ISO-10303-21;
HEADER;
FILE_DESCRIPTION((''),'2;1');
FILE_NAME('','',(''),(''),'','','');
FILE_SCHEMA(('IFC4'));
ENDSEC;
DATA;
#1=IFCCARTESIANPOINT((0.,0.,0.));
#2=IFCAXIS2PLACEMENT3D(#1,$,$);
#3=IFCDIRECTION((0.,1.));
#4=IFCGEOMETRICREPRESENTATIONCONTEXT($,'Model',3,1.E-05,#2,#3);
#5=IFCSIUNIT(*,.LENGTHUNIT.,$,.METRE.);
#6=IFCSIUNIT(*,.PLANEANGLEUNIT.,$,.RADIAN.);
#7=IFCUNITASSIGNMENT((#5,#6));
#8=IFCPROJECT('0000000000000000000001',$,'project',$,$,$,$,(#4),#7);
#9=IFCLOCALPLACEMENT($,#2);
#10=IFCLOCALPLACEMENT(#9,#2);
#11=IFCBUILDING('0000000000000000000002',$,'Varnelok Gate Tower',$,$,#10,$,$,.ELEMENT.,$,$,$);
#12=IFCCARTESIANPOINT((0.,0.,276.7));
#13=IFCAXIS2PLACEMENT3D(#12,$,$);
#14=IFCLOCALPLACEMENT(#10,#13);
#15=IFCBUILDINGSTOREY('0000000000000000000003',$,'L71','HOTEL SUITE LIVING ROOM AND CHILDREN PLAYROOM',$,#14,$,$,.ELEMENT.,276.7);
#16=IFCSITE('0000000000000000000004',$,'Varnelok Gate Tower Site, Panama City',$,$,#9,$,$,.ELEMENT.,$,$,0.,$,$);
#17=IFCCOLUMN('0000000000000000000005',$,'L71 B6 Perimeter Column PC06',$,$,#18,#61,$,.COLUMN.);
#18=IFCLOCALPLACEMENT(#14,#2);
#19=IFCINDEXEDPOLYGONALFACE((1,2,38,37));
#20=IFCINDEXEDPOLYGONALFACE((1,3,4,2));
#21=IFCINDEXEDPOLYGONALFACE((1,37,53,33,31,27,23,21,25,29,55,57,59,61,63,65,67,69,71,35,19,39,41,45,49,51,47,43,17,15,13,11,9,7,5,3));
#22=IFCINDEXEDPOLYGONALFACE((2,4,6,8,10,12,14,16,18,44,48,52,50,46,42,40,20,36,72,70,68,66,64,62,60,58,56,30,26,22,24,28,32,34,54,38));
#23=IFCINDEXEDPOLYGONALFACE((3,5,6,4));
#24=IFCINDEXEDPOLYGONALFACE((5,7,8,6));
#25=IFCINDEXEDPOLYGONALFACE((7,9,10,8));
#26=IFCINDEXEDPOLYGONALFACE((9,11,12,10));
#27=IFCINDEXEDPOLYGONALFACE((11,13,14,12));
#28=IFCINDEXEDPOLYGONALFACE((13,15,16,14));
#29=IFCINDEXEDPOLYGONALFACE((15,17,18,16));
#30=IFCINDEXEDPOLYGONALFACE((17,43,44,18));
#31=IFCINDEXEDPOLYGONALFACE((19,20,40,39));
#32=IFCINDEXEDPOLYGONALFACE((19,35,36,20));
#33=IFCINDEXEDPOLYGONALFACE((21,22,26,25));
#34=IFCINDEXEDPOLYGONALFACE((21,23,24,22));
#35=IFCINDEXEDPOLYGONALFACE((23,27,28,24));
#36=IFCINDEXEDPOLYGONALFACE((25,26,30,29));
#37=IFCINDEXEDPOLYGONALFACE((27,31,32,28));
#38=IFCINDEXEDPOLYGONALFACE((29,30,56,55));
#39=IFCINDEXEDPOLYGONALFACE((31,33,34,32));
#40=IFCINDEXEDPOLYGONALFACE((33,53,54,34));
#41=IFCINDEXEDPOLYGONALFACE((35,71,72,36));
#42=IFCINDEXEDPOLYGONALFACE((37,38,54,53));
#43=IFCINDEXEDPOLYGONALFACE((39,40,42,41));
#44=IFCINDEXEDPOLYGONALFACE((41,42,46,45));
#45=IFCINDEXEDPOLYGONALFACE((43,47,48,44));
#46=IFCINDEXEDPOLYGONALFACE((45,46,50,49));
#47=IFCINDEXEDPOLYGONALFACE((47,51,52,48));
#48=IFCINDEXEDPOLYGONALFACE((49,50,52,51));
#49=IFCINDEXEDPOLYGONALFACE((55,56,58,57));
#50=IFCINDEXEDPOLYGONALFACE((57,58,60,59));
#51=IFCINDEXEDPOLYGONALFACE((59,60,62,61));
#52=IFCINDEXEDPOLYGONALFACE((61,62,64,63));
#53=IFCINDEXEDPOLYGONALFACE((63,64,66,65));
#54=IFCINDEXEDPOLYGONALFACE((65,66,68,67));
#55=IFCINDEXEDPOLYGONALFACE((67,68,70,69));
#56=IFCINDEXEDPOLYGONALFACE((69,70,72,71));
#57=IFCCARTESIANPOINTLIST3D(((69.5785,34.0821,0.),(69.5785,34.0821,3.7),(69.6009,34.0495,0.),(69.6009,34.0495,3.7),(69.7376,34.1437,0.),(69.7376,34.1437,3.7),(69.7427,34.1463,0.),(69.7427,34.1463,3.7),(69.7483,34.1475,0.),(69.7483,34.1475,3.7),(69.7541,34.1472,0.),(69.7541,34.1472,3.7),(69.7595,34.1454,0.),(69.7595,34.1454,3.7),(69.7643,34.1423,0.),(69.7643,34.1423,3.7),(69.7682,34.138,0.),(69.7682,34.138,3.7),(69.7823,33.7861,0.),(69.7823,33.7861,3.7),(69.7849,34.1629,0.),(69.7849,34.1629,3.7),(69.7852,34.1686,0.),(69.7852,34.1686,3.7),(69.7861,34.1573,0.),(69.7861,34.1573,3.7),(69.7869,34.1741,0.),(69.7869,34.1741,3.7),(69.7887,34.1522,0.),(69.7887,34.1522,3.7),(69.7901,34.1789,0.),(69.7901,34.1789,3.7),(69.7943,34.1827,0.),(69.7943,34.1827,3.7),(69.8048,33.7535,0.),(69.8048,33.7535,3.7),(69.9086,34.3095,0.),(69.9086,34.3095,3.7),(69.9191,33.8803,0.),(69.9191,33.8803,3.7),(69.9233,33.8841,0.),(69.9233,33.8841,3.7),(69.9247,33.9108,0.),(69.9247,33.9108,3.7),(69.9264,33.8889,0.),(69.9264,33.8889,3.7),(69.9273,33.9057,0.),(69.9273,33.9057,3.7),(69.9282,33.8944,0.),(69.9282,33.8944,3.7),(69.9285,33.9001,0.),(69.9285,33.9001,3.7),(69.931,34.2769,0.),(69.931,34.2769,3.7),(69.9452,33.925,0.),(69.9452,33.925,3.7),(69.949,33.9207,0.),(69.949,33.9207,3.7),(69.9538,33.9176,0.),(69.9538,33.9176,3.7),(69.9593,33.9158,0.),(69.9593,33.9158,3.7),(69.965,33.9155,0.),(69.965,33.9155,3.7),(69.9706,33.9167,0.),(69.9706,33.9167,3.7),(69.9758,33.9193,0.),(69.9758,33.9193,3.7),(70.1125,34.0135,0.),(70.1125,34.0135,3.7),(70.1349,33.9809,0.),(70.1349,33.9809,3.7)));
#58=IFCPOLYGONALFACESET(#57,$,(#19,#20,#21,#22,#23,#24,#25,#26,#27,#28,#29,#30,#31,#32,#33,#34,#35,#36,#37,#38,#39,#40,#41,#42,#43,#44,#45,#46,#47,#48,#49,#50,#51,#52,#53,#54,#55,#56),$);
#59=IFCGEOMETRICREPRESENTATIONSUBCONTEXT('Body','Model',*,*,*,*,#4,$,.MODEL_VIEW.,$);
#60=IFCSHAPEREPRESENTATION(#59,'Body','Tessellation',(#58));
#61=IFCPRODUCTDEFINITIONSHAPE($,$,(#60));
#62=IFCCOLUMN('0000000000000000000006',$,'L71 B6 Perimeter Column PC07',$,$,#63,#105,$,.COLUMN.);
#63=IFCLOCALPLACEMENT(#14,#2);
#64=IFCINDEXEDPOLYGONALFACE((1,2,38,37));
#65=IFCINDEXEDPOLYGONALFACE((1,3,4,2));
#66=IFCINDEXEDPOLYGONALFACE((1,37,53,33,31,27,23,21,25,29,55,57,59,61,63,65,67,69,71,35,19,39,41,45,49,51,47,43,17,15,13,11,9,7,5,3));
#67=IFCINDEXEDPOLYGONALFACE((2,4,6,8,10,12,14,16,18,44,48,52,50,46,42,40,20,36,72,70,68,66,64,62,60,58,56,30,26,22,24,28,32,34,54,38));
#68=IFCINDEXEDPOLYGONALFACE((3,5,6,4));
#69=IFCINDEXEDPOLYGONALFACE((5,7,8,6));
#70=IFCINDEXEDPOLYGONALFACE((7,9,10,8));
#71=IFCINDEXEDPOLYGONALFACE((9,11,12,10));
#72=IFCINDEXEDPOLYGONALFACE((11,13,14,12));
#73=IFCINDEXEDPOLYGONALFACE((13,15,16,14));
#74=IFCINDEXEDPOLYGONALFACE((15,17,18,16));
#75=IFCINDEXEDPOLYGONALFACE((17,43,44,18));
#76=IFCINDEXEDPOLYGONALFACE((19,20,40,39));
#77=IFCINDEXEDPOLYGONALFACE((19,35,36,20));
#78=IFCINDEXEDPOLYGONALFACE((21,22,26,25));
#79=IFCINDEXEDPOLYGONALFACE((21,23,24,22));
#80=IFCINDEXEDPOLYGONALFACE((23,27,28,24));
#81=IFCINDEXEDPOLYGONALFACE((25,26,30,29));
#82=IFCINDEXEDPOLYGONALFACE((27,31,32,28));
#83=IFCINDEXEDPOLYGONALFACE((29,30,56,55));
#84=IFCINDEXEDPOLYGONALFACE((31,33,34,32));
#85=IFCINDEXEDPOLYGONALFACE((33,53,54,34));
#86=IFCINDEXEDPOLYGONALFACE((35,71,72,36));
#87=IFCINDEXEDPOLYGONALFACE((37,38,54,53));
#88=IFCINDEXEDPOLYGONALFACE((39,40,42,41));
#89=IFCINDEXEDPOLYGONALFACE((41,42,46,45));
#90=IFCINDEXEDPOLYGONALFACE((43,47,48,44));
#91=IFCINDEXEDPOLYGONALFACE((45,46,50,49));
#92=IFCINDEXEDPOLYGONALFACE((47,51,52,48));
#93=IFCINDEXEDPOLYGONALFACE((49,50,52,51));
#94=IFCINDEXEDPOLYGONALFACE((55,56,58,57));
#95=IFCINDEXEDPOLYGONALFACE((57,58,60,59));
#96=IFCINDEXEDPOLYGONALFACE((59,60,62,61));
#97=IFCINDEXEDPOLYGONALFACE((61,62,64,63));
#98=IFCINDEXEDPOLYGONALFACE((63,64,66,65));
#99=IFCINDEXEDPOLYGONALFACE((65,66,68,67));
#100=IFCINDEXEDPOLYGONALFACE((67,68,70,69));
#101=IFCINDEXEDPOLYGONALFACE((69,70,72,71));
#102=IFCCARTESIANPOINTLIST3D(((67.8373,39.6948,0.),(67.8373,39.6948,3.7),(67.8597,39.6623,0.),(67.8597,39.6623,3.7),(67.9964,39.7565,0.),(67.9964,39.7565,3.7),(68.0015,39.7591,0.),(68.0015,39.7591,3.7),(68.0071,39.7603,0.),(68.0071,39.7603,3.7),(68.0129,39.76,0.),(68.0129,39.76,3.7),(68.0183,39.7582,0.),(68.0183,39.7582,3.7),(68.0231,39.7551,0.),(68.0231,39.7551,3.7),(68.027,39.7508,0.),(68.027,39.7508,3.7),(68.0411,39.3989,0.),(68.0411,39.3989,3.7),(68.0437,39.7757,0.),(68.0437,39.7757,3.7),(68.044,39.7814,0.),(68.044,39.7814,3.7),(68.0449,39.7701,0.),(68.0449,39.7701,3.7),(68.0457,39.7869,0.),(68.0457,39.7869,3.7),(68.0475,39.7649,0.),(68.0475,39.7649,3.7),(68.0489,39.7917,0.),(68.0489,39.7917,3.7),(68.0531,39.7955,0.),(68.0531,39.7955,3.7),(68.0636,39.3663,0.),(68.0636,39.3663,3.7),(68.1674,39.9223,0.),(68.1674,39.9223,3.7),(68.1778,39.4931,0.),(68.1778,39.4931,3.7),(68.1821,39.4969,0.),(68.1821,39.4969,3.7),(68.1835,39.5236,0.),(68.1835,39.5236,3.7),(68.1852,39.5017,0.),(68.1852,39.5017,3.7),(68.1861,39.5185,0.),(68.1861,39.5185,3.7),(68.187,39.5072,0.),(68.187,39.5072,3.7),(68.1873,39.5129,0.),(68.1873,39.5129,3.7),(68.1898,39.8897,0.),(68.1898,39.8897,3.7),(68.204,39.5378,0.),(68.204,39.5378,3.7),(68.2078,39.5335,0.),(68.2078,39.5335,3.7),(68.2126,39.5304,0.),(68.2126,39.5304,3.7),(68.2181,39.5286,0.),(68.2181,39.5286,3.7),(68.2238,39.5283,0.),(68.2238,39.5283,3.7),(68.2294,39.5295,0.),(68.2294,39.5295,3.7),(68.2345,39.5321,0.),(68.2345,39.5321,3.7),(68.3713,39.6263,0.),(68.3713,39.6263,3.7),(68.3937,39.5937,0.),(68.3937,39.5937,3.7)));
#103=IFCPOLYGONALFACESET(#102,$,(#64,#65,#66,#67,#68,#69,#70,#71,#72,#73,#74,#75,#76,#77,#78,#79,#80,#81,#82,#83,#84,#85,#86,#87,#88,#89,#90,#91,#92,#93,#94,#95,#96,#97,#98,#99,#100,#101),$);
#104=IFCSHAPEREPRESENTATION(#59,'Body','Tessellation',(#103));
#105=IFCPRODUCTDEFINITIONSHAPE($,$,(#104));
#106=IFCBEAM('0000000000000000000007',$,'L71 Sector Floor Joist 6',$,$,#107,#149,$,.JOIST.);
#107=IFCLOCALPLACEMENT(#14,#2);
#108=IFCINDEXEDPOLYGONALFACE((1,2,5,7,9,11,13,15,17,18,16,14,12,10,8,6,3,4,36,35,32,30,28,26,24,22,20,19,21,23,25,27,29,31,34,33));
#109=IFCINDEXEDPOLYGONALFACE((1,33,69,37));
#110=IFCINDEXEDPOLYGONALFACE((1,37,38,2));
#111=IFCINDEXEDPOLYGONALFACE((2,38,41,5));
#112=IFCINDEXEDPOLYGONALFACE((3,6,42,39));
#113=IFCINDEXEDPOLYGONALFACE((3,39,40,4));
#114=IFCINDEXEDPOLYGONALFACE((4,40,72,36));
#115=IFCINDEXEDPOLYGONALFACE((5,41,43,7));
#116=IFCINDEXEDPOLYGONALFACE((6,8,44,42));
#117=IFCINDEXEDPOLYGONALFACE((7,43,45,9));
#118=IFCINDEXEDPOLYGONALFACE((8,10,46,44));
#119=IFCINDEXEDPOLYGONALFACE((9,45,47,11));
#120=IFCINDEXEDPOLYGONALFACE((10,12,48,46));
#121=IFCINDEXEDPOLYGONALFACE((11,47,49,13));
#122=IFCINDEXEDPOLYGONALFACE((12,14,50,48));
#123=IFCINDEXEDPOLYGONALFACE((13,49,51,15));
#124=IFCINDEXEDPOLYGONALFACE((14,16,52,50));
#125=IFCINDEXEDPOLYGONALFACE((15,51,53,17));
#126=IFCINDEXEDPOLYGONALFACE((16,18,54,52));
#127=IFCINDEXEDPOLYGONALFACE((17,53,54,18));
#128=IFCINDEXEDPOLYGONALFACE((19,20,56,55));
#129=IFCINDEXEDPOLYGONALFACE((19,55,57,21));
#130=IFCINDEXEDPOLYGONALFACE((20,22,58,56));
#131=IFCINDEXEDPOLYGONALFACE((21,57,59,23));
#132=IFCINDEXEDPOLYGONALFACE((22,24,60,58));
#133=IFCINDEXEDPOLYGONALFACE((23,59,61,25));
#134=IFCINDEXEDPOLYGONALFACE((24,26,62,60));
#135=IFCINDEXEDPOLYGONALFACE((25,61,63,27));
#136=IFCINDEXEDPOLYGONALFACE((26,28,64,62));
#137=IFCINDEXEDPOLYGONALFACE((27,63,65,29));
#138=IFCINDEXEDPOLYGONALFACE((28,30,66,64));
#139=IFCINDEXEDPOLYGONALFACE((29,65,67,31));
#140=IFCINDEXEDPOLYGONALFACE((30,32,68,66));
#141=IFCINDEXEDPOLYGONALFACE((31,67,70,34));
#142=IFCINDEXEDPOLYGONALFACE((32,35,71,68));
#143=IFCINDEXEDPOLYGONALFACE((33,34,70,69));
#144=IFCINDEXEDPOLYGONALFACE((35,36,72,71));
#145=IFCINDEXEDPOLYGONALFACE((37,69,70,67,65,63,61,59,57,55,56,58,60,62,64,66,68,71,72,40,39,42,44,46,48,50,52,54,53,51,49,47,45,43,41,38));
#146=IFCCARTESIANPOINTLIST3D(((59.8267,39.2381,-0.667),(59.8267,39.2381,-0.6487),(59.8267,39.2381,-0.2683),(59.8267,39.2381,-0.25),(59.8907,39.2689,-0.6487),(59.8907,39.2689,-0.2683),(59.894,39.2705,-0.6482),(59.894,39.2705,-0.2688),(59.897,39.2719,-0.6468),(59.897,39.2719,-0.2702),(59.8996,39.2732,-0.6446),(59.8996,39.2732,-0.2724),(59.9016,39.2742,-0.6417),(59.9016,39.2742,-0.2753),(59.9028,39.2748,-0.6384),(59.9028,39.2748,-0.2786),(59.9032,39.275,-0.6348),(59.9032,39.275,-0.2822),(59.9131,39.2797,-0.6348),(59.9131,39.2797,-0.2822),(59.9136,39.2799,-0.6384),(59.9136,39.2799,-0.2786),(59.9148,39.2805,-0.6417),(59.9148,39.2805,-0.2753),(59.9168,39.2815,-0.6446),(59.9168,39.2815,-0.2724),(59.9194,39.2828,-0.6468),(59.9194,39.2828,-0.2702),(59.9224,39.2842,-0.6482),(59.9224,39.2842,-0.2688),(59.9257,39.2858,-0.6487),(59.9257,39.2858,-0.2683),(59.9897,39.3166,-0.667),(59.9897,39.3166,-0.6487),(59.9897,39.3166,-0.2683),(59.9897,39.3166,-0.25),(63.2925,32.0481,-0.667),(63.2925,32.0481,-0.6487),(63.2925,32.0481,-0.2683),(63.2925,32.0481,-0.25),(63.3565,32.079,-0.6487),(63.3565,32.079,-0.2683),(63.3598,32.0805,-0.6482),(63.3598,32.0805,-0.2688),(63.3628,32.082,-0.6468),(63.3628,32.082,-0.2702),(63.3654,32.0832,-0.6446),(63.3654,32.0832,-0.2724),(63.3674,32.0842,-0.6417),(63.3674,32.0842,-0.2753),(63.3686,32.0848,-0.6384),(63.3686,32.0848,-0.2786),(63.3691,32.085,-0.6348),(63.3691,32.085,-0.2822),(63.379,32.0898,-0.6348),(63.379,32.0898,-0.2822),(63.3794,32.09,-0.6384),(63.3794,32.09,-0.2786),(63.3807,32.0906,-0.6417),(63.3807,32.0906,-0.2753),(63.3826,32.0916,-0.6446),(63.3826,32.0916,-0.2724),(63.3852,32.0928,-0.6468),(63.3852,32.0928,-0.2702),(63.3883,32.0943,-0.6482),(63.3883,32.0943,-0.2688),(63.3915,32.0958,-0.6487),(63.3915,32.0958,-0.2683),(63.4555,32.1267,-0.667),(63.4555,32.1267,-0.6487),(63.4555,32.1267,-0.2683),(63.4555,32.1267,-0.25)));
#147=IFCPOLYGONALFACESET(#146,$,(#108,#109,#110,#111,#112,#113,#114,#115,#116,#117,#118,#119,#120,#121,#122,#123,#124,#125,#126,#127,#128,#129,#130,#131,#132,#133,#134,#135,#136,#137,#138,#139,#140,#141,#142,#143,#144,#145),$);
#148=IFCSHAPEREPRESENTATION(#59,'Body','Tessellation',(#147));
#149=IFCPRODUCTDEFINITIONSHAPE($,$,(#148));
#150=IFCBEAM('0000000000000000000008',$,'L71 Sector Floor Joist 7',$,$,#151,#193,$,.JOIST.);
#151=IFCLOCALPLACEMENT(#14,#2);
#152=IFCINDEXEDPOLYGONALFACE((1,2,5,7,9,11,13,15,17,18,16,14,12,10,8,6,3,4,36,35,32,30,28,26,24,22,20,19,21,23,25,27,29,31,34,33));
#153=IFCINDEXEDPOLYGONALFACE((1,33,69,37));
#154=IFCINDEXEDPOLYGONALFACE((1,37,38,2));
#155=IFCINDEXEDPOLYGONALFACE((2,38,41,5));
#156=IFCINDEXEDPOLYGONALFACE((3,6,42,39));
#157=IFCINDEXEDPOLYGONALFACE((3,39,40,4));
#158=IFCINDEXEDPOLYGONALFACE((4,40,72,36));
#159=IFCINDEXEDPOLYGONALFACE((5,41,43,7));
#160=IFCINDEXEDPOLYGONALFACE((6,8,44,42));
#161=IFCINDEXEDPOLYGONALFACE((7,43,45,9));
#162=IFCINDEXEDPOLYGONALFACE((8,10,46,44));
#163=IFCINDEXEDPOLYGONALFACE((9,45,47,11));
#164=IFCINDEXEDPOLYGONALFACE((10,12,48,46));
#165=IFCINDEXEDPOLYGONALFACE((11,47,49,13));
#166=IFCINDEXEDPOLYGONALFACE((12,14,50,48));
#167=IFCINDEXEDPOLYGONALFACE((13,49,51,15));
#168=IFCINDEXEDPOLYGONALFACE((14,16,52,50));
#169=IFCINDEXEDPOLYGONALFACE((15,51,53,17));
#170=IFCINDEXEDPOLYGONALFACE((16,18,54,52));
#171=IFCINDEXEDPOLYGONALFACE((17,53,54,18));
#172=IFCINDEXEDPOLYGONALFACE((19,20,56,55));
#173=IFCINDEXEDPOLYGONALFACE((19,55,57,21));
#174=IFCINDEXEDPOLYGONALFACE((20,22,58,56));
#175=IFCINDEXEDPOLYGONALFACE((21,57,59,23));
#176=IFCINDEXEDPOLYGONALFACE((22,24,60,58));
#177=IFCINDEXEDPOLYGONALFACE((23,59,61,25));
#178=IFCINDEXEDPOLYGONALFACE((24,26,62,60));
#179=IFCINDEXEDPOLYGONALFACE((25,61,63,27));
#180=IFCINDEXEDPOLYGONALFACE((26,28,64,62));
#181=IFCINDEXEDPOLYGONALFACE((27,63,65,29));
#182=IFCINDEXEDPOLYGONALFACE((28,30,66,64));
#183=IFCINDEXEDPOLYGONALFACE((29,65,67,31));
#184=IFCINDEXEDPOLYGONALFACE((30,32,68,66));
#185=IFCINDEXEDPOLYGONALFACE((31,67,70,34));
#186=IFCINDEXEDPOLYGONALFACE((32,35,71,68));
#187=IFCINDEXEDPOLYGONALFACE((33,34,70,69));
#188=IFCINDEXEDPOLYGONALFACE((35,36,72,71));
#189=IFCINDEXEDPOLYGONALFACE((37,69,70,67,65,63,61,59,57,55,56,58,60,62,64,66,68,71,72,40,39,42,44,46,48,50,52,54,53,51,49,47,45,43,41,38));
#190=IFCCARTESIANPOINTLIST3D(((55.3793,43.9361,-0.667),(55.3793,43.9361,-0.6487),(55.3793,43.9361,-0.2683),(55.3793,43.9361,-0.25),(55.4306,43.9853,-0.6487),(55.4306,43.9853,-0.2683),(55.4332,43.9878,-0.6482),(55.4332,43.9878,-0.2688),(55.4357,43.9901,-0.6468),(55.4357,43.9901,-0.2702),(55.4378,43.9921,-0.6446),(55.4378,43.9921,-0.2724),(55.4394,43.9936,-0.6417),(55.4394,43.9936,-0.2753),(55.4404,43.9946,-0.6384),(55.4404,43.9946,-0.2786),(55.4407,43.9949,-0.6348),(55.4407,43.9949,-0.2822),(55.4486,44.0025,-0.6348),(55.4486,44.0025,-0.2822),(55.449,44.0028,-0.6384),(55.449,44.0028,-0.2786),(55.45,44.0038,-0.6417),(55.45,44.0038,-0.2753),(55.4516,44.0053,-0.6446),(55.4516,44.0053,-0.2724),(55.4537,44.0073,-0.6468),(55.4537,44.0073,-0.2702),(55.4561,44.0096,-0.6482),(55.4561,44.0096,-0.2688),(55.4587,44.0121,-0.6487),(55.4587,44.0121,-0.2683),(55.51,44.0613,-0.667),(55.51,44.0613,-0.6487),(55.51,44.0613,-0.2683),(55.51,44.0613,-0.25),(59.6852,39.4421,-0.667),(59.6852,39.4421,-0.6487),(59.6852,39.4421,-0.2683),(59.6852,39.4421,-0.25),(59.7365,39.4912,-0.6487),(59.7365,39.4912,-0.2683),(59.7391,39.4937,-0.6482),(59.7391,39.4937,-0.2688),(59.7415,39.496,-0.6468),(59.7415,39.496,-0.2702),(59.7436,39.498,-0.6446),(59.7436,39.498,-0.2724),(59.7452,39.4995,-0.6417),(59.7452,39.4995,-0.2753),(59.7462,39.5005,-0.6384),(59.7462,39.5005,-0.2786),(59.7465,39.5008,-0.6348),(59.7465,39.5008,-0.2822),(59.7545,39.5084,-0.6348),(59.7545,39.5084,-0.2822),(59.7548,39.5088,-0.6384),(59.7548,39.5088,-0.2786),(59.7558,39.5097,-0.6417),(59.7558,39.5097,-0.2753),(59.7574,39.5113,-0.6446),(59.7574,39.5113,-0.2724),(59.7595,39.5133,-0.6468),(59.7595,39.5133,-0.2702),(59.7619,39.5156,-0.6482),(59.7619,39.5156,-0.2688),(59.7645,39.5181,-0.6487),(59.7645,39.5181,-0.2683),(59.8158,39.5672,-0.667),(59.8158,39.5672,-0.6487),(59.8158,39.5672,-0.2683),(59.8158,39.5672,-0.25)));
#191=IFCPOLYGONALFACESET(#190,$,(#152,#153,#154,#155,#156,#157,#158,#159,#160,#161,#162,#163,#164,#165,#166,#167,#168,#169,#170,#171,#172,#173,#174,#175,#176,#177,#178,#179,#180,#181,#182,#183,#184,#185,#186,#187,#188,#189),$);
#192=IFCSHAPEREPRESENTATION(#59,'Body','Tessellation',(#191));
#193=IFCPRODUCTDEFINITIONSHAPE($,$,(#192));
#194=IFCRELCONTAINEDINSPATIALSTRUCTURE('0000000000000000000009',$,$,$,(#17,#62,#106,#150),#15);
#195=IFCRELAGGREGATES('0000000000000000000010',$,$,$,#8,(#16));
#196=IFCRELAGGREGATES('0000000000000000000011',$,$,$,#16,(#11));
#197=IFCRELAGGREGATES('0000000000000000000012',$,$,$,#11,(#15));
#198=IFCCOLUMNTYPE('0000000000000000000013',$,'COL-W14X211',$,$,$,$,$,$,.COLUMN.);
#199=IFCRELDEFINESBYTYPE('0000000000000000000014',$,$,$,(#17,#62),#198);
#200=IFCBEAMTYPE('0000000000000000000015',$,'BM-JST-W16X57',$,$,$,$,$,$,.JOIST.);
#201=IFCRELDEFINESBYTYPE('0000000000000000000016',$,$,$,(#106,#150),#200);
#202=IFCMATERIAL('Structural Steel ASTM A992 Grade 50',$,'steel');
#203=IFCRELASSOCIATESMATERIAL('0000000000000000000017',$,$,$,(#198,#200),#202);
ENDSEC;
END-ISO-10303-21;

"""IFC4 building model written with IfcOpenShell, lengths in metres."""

from ifc_helpers import new_model, si_unit, direction, frame, origin, origin_2d, place, context, subcontext, project, spatial, i_section, extrude, material, material_profile, profile_set, type_object, element, save


model = new_model("IFC4")

# Units and contexts
model_context = context("Model", 3, precision=1e-05, world=origin(), true_north=direction((0.0, 1.0)))
body_context = subcontext(model_context, "Body", "Model", "MODEL_VIEW")
ifc_project = project(units=[si_unit("LENGTHUNIT", "METRE"), si_unit("PLANEANGLEUNIT", "RADIAN")], contexts=[model_context])

# Site, building, storey
site_placement = place(None, origin())
site = spatial("IfcSite", under=ifc_project, at=site_placement, Name="Varnelok Gate Tower Site, Panama City", CompositionType="ELEMENT", RefElevation=0.0)
building_placement = place(site_placement, origin())
building = spatial("IfcBuilding", under=site, at=building_placement, Name="Varnelok Gate Tower", CompositionType="ELEMENT")
storey_placement = place(building_placement, frame((0.0, 0.0, 276.7)))
storey = spatial("IfcBuildingStorey", under=building, at=storey_placement, Name="L71", Description="HOTEL SUITE LIVING ROOM AND CHILDREN PLAYROOM", CompositionType="ELEMENT", Elevation=276.7)

# Columns
ifc_material_1 = material(Name="Structural Steel ASTM A992 Grade 50", Category="steel")
ifc_material_profile_1 = material_profile(ifc_material_1, i_section(OverallWidth=0.4009, OverallDepth=0.3989, WebThickness=0.0249, FlangeThickness=0.0396, FilletRadius=0.022, at=origin_2d()), Name="W14X211")
ifc_profile_set_1 = profile_set([ifc_material_profile_1], Name="Structural Steel ASTM A992 Grade 50")
column_type = type_object("IfcColumnType", Name="COL-W14X211", PredefinedType="COLUMN", material=ifc_profile_set_1)
for number, where, z_axis, x_axis, name in (
    (1, (69.8567, 34.0315, 0.0), (0.0, 0.0, 1.0), (0.823533, 0.567269, 0.0), "L71 B6 Perimeter Column PC06"),
    (2, (68.1155, 39.6443, 0.0), (0.0, 0.0, 1.0), (0.823533, 0.567269, 0.0), "L71 B6 Perimeter Column PC07"),
):
    element("IfcColumn", number, at=place(storey_placement, frame(where, z_axis=z_axis, x_axis=x_axis)), inside=storey, type_object=column_type, Name=name, PredefinedType="COLUMN", context=body_context, shape_type="SweptSolid", body=[
        extrude(i_section(OverallWidth=0.4009, OverallDepth=0.3989, WebThickness=0.0249, FlangeThickness=0.0396, FilletRadius=0.022, at=origin_2d()), origin(), (0.0, 0.0, 1.0), 3.7),
    ])

# Beams
ifc_material_profile_2 = material_profile(ifc_material_1, i_section(OverallWidth=0.1809, OverallDepth=0.417, WebThickness=0.011, FlangeThickness=0.0183, FilletRadius=0.0139, at=origin_2d()), Name="W16X57")
ifc_profile_set_2 = profile_set([ifc_material_profile_2], Name="Structural Steel ASTM A992 Grade 50")
beam_type_1 = type_object("IfcBeamType", Name="BM-JST-W16X57", PredefinedType="JOIST", material=ifc_profile_set_2)
beam_1_placement = place(storey_placement, frame((63.374, 32.0874, -0.4585), z_axis=(-0.434222, 0.900806, 0.0), x_axis=(-0.900806, -0.434222, 0.0)))
element("IfcBeam", 3, at=beam_1_placement, inside=storey, type_object=beam_type_1, Name="L71 Sector Floor Joist 6", PredefinedType="JOIST", context=body_context, shape_type="SweptSolid", body=[
    extrude(i_section(OverallWidth=0.1809, OverallDepth=0.417, WebThickness=0.011, FlangeThickness=0.0183, FilletRadius=0.0139, at=origin_2d()), origin(), (0.0, 0.0, 1.0), 7.9817),
])
beam_2_placement = place(storey_placement, frame((59.7505, 39.5046, -0.4585), z_axis=(-0.691824, 0.722067, 0.0), x_axis=(-0.722067, -0.691824, 0.0)))
element("IfcBeam", 4, at=beam_2_placement, inside=storey, type_object=beam_type_1, Name="L71 Sector Floor Joist 7", PredefinedType="JOIST", context=body_context, shape_type="SweptSolid", body=[
    extrude(i_section(OverallWidth=0.1809, OverallDepth=0.417, WebThickness=0.011, FlangeThickness=0.0183, FilletRadius=0.0139, at=origin_2d()), origin(), (0.0, 0.0, 1.0), 6.2239),
])

save(model, "model.ifc")
